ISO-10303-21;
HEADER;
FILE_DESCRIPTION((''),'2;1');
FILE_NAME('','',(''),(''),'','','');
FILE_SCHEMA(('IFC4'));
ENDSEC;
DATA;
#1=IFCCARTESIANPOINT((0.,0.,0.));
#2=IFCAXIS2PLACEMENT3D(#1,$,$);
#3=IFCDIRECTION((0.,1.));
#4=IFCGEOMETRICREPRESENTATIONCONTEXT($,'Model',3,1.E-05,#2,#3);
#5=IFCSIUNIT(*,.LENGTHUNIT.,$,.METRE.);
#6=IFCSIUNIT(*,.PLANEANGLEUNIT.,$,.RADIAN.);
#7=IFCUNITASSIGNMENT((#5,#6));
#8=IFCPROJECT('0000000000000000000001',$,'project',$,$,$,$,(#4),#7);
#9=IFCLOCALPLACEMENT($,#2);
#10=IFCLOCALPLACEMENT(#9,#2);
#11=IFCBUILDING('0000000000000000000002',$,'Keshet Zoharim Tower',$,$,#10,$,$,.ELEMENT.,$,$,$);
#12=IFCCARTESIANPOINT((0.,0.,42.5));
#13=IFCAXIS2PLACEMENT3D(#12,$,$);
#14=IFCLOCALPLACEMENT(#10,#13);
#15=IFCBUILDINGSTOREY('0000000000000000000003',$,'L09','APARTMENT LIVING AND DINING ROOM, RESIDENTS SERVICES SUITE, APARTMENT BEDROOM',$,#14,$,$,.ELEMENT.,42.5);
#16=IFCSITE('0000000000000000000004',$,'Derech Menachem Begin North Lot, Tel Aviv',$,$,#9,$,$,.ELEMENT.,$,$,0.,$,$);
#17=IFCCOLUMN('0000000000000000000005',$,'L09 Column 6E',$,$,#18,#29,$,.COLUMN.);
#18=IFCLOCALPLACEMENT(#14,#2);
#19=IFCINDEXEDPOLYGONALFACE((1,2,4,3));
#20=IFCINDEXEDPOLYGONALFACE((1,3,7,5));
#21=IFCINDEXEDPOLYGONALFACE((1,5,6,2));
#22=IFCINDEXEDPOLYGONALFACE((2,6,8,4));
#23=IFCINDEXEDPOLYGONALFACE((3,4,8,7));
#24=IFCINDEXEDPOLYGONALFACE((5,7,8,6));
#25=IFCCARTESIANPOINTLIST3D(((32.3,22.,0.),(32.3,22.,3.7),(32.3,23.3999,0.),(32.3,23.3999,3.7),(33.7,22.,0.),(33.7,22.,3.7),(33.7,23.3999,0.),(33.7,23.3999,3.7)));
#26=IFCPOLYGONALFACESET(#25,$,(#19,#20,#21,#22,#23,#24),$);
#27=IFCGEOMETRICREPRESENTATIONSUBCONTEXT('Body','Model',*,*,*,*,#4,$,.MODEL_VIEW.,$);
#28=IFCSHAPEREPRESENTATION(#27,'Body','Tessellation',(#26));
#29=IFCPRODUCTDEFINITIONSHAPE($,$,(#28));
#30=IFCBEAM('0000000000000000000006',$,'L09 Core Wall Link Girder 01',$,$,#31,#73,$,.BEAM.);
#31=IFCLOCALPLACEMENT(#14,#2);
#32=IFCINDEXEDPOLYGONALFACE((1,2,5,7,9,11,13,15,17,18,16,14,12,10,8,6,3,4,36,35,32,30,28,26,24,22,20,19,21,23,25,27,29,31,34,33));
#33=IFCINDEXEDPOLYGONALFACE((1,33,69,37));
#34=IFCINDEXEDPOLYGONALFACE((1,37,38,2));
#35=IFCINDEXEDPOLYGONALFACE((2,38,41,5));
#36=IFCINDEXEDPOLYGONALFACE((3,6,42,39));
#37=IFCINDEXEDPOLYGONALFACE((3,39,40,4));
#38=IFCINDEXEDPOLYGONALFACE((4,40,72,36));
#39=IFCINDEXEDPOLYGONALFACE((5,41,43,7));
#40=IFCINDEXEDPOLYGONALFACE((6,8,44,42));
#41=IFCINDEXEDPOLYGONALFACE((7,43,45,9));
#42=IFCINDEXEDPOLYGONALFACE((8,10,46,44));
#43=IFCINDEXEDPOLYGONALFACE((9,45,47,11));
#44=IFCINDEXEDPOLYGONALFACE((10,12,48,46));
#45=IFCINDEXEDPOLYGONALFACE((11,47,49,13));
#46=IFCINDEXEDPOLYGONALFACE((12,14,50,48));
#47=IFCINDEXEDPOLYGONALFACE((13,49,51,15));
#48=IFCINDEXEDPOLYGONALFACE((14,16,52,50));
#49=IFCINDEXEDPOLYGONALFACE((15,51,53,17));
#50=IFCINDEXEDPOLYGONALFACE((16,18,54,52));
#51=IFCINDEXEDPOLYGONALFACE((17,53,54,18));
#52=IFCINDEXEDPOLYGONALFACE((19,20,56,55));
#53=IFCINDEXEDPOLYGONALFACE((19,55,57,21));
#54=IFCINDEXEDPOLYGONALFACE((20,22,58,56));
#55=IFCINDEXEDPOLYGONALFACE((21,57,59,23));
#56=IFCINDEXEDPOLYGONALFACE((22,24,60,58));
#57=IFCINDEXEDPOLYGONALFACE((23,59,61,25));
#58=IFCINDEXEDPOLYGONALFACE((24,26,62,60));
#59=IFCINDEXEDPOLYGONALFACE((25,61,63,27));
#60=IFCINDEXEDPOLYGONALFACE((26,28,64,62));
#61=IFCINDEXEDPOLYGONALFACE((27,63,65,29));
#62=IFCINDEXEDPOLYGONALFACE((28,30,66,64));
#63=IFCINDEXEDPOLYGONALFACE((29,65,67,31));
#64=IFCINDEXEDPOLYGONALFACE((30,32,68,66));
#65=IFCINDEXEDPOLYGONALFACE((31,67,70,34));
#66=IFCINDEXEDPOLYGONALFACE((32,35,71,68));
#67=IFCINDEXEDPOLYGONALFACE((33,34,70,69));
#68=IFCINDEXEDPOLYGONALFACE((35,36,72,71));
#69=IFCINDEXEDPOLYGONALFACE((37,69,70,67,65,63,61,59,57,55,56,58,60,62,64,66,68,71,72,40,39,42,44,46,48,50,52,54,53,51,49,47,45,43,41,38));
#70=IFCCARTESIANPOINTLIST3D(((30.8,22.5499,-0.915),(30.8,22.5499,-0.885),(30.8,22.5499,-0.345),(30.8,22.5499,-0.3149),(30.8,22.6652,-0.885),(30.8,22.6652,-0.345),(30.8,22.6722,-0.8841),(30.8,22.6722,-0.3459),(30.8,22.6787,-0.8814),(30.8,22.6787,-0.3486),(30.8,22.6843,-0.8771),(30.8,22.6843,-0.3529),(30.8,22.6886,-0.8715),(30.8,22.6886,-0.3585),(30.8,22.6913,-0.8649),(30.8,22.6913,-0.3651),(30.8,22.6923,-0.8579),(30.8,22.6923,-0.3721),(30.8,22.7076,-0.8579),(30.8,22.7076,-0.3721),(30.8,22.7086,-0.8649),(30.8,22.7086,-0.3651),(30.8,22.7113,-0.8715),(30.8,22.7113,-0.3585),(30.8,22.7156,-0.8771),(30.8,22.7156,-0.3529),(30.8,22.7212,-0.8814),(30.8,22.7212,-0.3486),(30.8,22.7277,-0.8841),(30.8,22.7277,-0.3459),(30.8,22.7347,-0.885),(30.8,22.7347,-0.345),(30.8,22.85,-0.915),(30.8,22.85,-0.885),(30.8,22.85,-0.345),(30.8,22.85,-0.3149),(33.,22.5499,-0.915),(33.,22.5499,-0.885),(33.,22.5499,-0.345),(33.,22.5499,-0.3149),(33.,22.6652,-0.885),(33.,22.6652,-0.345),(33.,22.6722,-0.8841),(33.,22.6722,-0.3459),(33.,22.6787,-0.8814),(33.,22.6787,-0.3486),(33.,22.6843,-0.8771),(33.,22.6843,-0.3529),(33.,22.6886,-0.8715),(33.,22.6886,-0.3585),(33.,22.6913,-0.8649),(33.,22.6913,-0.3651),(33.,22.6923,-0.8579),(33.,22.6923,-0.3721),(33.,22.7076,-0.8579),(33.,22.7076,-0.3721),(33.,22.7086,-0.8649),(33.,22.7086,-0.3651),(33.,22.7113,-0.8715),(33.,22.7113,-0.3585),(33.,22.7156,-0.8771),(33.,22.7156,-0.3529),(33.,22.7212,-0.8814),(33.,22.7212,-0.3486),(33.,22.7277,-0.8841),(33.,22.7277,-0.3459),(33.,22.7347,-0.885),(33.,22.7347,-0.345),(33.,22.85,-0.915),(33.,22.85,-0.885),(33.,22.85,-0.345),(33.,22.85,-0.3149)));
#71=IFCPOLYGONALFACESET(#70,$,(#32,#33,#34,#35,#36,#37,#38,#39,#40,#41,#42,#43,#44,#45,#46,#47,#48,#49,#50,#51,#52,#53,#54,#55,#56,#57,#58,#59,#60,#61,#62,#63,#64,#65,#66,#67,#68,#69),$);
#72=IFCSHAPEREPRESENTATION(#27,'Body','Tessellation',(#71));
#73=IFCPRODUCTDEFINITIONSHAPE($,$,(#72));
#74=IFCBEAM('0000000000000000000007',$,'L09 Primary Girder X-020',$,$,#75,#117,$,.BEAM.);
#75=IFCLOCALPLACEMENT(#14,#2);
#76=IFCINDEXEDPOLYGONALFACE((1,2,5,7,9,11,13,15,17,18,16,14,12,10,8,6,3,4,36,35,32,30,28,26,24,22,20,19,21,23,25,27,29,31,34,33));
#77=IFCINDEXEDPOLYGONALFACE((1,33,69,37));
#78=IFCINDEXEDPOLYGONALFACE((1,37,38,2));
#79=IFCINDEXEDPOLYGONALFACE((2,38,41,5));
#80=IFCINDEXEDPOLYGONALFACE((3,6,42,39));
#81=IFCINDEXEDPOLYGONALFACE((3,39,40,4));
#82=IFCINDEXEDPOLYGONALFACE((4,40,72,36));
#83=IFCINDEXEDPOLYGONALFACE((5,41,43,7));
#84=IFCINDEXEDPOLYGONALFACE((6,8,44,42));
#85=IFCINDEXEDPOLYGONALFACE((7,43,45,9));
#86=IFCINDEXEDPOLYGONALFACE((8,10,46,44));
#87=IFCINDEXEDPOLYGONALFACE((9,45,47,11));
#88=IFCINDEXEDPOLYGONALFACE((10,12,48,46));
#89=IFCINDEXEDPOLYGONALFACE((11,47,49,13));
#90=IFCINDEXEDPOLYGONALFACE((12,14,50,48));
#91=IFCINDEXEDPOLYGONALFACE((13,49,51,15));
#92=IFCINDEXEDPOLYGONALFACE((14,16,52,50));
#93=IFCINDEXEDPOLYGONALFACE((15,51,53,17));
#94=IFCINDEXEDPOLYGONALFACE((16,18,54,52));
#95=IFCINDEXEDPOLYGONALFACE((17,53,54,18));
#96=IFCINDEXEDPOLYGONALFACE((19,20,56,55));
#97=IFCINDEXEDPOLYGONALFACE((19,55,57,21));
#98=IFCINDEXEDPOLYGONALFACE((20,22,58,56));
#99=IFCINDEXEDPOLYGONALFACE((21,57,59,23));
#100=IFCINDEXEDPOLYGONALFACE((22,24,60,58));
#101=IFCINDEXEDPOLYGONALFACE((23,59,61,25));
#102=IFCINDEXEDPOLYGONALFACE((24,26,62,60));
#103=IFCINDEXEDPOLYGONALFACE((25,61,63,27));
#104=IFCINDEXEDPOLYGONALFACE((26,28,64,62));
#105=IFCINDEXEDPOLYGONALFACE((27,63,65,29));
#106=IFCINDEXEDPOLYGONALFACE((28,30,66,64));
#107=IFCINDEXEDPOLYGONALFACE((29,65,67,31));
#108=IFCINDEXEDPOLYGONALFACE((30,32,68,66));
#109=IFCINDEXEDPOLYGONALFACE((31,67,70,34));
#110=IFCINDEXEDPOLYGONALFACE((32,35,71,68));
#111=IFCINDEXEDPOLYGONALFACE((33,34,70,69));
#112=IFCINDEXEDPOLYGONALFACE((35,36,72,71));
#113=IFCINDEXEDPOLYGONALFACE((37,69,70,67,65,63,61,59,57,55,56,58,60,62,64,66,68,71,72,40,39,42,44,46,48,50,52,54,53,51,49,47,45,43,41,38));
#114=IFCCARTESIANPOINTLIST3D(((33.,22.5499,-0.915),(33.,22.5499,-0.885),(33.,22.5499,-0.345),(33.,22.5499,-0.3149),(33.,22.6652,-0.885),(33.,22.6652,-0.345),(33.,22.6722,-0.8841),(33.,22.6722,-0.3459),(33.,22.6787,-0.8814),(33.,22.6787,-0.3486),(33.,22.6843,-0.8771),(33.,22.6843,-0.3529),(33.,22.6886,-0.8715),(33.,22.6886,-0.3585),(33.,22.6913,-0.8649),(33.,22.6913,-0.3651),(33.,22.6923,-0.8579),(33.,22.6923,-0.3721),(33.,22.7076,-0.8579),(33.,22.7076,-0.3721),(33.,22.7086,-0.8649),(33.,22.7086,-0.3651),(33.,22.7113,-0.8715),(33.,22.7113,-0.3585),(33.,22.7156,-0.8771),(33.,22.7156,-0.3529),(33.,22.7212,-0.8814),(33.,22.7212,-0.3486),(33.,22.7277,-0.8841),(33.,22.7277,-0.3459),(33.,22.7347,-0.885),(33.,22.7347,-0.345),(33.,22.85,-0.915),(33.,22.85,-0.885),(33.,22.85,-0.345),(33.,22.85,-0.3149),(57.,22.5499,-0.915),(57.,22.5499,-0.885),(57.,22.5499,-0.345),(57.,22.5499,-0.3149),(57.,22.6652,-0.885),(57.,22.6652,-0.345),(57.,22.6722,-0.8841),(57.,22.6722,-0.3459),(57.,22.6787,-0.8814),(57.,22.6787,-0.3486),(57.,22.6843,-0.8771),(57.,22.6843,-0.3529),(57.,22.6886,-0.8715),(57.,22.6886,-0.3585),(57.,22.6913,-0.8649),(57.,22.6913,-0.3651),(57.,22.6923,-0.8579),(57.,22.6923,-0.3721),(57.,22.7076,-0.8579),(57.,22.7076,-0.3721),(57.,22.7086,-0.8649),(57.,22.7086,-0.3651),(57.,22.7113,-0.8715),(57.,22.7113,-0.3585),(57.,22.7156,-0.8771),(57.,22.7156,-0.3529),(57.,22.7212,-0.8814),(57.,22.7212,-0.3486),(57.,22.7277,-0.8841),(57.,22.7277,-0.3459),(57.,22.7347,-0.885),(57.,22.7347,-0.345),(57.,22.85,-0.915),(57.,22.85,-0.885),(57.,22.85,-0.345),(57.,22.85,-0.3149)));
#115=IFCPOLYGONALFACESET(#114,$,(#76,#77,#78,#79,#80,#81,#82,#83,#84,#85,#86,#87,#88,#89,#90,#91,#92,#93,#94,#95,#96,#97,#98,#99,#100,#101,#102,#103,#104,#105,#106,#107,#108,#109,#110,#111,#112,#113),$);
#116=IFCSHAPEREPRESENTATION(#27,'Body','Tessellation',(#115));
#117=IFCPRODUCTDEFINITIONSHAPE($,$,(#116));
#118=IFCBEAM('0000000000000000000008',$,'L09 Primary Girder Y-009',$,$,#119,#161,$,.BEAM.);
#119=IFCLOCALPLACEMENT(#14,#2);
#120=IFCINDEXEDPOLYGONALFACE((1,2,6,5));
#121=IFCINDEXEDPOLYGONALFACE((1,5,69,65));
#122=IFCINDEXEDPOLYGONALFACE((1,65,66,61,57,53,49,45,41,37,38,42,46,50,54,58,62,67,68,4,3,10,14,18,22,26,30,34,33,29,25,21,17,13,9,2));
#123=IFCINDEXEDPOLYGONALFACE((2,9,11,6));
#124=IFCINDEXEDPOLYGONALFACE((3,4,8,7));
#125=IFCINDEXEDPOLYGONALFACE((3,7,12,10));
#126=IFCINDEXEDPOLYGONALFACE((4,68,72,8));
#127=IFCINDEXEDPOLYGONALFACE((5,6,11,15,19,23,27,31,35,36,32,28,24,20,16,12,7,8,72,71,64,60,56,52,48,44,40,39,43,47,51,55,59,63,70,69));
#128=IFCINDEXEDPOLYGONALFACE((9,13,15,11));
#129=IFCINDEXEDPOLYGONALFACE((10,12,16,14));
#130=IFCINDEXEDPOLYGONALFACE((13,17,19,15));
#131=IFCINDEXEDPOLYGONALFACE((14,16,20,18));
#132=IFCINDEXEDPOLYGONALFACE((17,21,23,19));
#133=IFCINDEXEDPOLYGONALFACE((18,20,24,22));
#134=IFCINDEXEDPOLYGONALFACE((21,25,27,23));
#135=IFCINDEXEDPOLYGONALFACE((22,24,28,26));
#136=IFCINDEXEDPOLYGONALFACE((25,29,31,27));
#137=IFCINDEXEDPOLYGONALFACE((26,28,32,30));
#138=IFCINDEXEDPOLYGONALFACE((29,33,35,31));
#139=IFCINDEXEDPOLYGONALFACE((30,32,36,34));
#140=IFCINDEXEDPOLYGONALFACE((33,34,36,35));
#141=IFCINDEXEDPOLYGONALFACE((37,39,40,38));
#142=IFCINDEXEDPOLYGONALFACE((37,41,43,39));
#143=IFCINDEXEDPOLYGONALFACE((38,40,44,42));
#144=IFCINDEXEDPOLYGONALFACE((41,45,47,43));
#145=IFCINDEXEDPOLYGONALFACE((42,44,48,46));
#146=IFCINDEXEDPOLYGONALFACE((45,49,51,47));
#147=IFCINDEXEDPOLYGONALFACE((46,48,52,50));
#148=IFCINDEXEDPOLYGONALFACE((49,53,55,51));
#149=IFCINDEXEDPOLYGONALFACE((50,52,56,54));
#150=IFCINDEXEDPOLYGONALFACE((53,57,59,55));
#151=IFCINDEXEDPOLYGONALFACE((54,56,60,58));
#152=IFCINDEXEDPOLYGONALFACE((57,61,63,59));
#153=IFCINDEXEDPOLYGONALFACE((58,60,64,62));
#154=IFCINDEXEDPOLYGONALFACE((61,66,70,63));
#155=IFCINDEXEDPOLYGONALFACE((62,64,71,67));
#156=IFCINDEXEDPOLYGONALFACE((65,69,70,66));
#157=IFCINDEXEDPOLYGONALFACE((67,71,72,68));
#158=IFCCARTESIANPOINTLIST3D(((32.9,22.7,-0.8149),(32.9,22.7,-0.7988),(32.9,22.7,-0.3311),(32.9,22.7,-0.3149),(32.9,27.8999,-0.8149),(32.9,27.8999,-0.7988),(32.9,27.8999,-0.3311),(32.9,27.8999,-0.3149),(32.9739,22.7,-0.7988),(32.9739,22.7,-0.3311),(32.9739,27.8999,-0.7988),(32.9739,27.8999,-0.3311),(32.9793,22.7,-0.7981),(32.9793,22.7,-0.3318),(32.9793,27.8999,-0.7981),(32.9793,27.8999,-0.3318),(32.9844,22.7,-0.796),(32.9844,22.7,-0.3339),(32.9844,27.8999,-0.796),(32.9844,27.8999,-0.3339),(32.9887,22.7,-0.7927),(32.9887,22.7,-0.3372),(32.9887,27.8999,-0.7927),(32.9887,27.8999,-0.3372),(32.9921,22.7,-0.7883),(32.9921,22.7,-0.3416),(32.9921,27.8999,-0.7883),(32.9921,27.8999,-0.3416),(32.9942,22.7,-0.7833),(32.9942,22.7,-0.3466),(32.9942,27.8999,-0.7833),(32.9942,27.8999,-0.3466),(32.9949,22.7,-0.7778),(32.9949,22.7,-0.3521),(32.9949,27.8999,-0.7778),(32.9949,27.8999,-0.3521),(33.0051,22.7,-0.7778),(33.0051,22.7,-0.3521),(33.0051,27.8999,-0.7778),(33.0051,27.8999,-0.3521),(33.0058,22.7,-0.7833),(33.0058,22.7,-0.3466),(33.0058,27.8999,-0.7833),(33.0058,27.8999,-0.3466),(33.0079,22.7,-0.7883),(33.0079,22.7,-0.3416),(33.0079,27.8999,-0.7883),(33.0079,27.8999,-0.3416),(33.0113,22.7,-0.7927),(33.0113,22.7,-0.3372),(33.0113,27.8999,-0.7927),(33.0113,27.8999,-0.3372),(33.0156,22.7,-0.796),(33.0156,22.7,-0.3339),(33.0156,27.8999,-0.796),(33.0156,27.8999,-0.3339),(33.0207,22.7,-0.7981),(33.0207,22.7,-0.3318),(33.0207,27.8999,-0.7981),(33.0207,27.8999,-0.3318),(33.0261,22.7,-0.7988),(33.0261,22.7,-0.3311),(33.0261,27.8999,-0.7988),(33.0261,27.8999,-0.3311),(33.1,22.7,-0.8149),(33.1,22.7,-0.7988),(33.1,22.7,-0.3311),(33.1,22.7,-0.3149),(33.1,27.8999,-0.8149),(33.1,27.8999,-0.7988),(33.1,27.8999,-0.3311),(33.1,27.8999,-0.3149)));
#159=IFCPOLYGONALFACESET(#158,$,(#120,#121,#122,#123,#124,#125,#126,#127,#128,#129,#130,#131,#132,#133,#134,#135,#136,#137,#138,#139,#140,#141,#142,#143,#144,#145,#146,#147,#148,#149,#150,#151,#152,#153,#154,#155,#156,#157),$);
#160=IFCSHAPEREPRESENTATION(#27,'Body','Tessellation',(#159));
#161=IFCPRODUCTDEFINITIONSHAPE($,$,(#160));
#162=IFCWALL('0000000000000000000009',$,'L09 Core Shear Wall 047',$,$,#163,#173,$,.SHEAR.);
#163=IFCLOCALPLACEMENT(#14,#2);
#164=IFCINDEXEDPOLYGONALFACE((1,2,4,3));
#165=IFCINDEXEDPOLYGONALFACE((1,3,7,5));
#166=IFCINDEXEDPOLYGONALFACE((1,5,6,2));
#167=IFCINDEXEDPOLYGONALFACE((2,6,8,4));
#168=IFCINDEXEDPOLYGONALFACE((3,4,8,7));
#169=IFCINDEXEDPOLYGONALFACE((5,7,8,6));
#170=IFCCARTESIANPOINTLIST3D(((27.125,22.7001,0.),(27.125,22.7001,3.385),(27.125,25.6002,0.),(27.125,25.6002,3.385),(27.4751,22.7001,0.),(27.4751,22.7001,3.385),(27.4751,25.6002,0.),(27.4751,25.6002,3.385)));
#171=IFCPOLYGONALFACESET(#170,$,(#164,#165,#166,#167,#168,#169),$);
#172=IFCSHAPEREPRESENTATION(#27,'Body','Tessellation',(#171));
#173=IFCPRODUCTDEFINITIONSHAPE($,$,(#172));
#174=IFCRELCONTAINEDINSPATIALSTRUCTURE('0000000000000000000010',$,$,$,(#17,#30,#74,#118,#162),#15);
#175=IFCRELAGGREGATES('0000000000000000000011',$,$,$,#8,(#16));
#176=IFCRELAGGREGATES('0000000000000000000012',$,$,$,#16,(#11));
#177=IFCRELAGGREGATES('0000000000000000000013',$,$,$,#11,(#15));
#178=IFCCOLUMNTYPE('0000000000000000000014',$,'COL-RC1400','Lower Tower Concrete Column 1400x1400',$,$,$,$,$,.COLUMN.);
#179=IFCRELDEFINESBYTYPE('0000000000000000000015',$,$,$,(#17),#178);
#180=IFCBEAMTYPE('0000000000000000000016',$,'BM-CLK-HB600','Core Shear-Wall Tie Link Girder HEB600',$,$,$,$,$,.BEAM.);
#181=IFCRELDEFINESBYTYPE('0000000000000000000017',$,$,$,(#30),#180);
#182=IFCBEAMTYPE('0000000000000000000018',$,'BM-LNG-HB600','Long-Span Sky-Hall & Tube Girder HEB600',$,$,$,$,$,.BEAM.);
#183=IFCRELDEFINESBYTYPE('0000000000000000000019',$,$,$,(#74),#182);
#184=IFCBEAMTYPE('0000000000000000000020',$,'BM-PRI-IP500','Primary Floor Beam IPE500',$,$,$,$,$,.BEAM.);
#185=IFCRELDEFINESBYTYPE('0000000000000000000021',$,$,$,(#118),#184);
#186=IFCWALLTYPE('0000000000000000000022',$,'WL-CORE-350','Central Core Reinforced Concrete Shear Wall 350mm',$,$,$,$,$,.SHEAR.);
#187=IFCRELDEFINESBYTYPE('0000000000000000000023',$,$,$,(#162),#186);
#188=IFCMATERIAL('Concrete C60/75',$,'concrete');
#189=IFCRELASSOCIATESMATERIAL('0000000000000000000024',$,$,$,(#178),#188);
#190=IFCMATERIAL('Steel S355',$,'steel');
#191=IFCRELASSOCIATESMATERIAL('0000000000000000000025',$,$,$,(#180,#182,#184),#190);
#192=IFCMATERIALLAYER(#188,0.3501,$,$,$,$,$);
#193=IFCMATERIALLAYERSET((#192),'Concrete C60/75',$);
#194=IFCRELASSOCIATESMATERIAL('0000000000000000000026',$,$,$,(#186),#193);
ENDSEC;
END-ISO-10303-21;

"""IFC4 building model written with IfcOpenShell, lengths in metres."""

from ifc_helpers import new_model, si_unit, direction, frame, frame_2d, origin, origin_2d, place, context, subcontext, project, spatial, rectangle, i_section, extrude, material, layer, layer_set, material_profile, profile_set, type_object, element, save


model = new_model("IFC4")

# Units and contexts
model_context = context("Model", 3, precision=1e-05, world=origin(), true_north=direction((0.0, 1.0)))
body_context = subcontext(model_context, "Body", "Model", "MODEL_VIEW")
ifc_project = project(units=[si_unit("LENGTHUNIT", "METRE"), si_unit("PLANEANGLEUNIT", "RADIAN")], contexts=[model_context])

# Site, building, storey
site_placement = place(None, origin())
site = spatial("IfcSite", under=ifc_project, at=site_placement, Name="Derech Menachem Begin North Lot, Tel Aviv", CompositionType="ELEMENT", RefElevation=0.0)
building_placement = place(site_placement, origin())
building = spatial("IfcBuilding", under=site, at=building_placement, Name="Keshet Zoharim Tower", CompositionType="ELEMENT")
storey_placement = place(building_placement, frame((0.0, 0.0, 42.5)))
storey = spatial("IfcBuildingStorey", under=building, at=storey_placement, Name="L09", Description="APARTMENT LIVING AND DINING ROOM, RESIDENTS SERVICES SUITE, APARTMENT BEDROOM", CompositionType="ELEMENT", Elevation=42.5)

# Column
ifc_material_1 = material(Name="Concrete C60/75", Category="concrete")
ifc_material_profile_1 = material_profile(ifc_material_1, rectangle(XDim=1.3999, YDim=1.3999, at=origin_2d()), Name="RC1400x1400")
ifc_profile_set_1 = profile_set([ifc_material_profile_1], Name="Concrete C60/75")
column_type = type_object("IfcColumnType", Name="COL-RC1400", Description="Lower Tower Concrete Column 1400x1400", PredefinedType="COLUMN", material=ifc_profile_set_1)
column_placement = place(storey_placement, frame((33.0, 22.7, 0.0), z_axis=(0.0, 0.0, 1.0), x_axis=(1.0, 0.0, 0.0)))
element("IfcColumn", 1, at=column_placement, inside=storey, type_object=column_type, Name="L09 Column 6E", PredefinedType="COLUMN", context=body_context, shape_type="SweptSolid", body=[
    extrude(rectangle(XDim=1.3999, YDim=1.3999, at=origin_2d()), origin(), (0.0, 0.0, 1.0), 3.7),
])

# Beams
ifc_material_2 = material(Name="Steel S355", Category="steel")
ifc_material_profile_2 = material_profile(ifc_material_2, i_section(OverallWidth=0.3, OverallDepth=0.6001, WebThickness=0.0154, FlangeThickness=0.03, FilletRadius=0.0271, at=origin_2d()), Name="HEB600")
ifc_profile_set_2 = profile_set([ifc_material_profile_2], Name="Steel S355")
beam_type_1 = type_object("IfcBeamType", Name="BM-CLK-HB600", Description="Core Shear-Wall Tie Link Girder HEB600", PredefinedType="BEAM", material=ifc_profile_set_2)
beam_1_placement = place(storey_placement, frame((30.8, 22.7, -0.615), z_axis=(1.0, 0.0, 0.0), x_axis=(0.0, 1.0, 0.0)))
element("IfcBeam", 2, at=beam_1_placement, inside=storey, type_object=beam_type_1, Name="L09 Core Wall Link Girder 01", PredefinedType="BEAM", context=body_context, shape_type="SweptSolid", body=[
    extrude(i_section(OverallWidth=0.3, OverallDepth=0.6001, WebThickness=0.0154, FlangeThickness=0.03, FilletRadius=0.0271, at=origin_2d()), origin(), (0.0, 0.0, 1.0), 2.2),
])
ifc_material_profile_3 = material_profile(ifc_material_2, i_section(OverallWidth=0.3, OverallDepth=0.6001, WebThickness=0.0154, FlangeThickness=0.03, FilletRadius=0.0271, at=origin_2d()), Name="HEB600")
ifc_profile_set_3 = profile_set([ifc_material_profile_3], Name="Steel S355")
beam_type_2 = type_object("IfcBeamType", Name="BM-LNG-HB600", Description="Long-Span Sky-Hall & Tube Girder HEB600", PredefinedType="BEAM", material=ifc_profile_set_3)
beam_2_placement = place(storey_placement, frame((33.0, 22.7, -0.615), z_axis=(1.0, 0.0, 0.0), x_axis=(0.0, 1.0, 0.0)))
element("IfcBeam", 3, at=beam_2_placement, inside=storey, type_object=beam_type_2, Name="L09 Primary Girder X-020", PredefinedType="BEAM", context=body_context, shape_type="SweptSolid", body=[
    extrude(i_section(OverallWidth=0.3, OverallDepth=0.6001, WebThickness=0.0154, FlangeThickness=0.03, FilletRadius=0.0271, at=origin_2d()), origin(), (0.0, 0.0, 1.0), 24.0),
])
ifc_material_profile_4 = material_profile(ifc_material_2, i_section(OverallWidth=0.2, OverallDepth=0.5, WebThickness=0.0103, FlangeThickness=0.0161, FilletRadius=0.021, at=origin_2d()), Name="IPE500")
ifc_profile_set_4 = profile_set([ifc_material_profile_4], Name="Steel S355")
beam_type_3 = type_object("IfcBeamType", Name="BM-PRI-IP500", Description="Primary Floor Beam IPE500", PredefinedType="BEAM", material=ifc_profile_set_4)
beam_3_placement = place(storey_placement, frame((33.0, 22.7, -0.5649), z_axis=(0.0, 1.0, 0.0), x_axis=(-1.0, 0.0, 0.0)))
element("IfcBeam", 4, at=beam_3_placement, inside=storey, type_object=beam_type_3, Name="L09 Primary Girder Y-009", PredefinedType="BEAM", context=body_context, shape_type="SweptSolid", body=[
    extrude(i_section(OverallWidth=0.2, OverallDepth=0.5, WebThickness=0.0103, FlangeThickness=0.0161, FilletRadius=0.021, at=origin_2d()), origin(), (0.0, 0.0, 1.0), 5.2),
])

# Shared definitions
ifc_layer_1 = layer(ifc_material_1, 0.3501)
ifc_layer_set_1 = layer_set([ifc_layer_1], Name="Concrete C60/75")
wall_type_1 = type_object("IfcWallType", Name="WL-CORE-350", Description="Central Core Reinforced Concrete Shear Wall 350mm", PredefinedType="SHEAR", material=ifc_layer_set_1)

# Wall
wall_1_placement = place(storey_placement, frame((27.3, 22.7, 0.0), z_axis=(0.0, 0.0, 1.0), x_axis=(0.0, 1.0, 0.0)))
element("IfcWall", 5, at=wall_1_placement, inside=storey, type_object=wall_type_1, Name="L09 Core Shear Wall 047", PredefinedType="SHEAR", context=body_context, shape_type="SweptSolid", body=[
    extrude(rectangle(XDim=2.9001, YDim=0.3501, at=frame_2d((1.4502, 0.0))), origin(), (0.0, 0.0, 1.0), 3.385),
])

save(model, "model.ifc")
